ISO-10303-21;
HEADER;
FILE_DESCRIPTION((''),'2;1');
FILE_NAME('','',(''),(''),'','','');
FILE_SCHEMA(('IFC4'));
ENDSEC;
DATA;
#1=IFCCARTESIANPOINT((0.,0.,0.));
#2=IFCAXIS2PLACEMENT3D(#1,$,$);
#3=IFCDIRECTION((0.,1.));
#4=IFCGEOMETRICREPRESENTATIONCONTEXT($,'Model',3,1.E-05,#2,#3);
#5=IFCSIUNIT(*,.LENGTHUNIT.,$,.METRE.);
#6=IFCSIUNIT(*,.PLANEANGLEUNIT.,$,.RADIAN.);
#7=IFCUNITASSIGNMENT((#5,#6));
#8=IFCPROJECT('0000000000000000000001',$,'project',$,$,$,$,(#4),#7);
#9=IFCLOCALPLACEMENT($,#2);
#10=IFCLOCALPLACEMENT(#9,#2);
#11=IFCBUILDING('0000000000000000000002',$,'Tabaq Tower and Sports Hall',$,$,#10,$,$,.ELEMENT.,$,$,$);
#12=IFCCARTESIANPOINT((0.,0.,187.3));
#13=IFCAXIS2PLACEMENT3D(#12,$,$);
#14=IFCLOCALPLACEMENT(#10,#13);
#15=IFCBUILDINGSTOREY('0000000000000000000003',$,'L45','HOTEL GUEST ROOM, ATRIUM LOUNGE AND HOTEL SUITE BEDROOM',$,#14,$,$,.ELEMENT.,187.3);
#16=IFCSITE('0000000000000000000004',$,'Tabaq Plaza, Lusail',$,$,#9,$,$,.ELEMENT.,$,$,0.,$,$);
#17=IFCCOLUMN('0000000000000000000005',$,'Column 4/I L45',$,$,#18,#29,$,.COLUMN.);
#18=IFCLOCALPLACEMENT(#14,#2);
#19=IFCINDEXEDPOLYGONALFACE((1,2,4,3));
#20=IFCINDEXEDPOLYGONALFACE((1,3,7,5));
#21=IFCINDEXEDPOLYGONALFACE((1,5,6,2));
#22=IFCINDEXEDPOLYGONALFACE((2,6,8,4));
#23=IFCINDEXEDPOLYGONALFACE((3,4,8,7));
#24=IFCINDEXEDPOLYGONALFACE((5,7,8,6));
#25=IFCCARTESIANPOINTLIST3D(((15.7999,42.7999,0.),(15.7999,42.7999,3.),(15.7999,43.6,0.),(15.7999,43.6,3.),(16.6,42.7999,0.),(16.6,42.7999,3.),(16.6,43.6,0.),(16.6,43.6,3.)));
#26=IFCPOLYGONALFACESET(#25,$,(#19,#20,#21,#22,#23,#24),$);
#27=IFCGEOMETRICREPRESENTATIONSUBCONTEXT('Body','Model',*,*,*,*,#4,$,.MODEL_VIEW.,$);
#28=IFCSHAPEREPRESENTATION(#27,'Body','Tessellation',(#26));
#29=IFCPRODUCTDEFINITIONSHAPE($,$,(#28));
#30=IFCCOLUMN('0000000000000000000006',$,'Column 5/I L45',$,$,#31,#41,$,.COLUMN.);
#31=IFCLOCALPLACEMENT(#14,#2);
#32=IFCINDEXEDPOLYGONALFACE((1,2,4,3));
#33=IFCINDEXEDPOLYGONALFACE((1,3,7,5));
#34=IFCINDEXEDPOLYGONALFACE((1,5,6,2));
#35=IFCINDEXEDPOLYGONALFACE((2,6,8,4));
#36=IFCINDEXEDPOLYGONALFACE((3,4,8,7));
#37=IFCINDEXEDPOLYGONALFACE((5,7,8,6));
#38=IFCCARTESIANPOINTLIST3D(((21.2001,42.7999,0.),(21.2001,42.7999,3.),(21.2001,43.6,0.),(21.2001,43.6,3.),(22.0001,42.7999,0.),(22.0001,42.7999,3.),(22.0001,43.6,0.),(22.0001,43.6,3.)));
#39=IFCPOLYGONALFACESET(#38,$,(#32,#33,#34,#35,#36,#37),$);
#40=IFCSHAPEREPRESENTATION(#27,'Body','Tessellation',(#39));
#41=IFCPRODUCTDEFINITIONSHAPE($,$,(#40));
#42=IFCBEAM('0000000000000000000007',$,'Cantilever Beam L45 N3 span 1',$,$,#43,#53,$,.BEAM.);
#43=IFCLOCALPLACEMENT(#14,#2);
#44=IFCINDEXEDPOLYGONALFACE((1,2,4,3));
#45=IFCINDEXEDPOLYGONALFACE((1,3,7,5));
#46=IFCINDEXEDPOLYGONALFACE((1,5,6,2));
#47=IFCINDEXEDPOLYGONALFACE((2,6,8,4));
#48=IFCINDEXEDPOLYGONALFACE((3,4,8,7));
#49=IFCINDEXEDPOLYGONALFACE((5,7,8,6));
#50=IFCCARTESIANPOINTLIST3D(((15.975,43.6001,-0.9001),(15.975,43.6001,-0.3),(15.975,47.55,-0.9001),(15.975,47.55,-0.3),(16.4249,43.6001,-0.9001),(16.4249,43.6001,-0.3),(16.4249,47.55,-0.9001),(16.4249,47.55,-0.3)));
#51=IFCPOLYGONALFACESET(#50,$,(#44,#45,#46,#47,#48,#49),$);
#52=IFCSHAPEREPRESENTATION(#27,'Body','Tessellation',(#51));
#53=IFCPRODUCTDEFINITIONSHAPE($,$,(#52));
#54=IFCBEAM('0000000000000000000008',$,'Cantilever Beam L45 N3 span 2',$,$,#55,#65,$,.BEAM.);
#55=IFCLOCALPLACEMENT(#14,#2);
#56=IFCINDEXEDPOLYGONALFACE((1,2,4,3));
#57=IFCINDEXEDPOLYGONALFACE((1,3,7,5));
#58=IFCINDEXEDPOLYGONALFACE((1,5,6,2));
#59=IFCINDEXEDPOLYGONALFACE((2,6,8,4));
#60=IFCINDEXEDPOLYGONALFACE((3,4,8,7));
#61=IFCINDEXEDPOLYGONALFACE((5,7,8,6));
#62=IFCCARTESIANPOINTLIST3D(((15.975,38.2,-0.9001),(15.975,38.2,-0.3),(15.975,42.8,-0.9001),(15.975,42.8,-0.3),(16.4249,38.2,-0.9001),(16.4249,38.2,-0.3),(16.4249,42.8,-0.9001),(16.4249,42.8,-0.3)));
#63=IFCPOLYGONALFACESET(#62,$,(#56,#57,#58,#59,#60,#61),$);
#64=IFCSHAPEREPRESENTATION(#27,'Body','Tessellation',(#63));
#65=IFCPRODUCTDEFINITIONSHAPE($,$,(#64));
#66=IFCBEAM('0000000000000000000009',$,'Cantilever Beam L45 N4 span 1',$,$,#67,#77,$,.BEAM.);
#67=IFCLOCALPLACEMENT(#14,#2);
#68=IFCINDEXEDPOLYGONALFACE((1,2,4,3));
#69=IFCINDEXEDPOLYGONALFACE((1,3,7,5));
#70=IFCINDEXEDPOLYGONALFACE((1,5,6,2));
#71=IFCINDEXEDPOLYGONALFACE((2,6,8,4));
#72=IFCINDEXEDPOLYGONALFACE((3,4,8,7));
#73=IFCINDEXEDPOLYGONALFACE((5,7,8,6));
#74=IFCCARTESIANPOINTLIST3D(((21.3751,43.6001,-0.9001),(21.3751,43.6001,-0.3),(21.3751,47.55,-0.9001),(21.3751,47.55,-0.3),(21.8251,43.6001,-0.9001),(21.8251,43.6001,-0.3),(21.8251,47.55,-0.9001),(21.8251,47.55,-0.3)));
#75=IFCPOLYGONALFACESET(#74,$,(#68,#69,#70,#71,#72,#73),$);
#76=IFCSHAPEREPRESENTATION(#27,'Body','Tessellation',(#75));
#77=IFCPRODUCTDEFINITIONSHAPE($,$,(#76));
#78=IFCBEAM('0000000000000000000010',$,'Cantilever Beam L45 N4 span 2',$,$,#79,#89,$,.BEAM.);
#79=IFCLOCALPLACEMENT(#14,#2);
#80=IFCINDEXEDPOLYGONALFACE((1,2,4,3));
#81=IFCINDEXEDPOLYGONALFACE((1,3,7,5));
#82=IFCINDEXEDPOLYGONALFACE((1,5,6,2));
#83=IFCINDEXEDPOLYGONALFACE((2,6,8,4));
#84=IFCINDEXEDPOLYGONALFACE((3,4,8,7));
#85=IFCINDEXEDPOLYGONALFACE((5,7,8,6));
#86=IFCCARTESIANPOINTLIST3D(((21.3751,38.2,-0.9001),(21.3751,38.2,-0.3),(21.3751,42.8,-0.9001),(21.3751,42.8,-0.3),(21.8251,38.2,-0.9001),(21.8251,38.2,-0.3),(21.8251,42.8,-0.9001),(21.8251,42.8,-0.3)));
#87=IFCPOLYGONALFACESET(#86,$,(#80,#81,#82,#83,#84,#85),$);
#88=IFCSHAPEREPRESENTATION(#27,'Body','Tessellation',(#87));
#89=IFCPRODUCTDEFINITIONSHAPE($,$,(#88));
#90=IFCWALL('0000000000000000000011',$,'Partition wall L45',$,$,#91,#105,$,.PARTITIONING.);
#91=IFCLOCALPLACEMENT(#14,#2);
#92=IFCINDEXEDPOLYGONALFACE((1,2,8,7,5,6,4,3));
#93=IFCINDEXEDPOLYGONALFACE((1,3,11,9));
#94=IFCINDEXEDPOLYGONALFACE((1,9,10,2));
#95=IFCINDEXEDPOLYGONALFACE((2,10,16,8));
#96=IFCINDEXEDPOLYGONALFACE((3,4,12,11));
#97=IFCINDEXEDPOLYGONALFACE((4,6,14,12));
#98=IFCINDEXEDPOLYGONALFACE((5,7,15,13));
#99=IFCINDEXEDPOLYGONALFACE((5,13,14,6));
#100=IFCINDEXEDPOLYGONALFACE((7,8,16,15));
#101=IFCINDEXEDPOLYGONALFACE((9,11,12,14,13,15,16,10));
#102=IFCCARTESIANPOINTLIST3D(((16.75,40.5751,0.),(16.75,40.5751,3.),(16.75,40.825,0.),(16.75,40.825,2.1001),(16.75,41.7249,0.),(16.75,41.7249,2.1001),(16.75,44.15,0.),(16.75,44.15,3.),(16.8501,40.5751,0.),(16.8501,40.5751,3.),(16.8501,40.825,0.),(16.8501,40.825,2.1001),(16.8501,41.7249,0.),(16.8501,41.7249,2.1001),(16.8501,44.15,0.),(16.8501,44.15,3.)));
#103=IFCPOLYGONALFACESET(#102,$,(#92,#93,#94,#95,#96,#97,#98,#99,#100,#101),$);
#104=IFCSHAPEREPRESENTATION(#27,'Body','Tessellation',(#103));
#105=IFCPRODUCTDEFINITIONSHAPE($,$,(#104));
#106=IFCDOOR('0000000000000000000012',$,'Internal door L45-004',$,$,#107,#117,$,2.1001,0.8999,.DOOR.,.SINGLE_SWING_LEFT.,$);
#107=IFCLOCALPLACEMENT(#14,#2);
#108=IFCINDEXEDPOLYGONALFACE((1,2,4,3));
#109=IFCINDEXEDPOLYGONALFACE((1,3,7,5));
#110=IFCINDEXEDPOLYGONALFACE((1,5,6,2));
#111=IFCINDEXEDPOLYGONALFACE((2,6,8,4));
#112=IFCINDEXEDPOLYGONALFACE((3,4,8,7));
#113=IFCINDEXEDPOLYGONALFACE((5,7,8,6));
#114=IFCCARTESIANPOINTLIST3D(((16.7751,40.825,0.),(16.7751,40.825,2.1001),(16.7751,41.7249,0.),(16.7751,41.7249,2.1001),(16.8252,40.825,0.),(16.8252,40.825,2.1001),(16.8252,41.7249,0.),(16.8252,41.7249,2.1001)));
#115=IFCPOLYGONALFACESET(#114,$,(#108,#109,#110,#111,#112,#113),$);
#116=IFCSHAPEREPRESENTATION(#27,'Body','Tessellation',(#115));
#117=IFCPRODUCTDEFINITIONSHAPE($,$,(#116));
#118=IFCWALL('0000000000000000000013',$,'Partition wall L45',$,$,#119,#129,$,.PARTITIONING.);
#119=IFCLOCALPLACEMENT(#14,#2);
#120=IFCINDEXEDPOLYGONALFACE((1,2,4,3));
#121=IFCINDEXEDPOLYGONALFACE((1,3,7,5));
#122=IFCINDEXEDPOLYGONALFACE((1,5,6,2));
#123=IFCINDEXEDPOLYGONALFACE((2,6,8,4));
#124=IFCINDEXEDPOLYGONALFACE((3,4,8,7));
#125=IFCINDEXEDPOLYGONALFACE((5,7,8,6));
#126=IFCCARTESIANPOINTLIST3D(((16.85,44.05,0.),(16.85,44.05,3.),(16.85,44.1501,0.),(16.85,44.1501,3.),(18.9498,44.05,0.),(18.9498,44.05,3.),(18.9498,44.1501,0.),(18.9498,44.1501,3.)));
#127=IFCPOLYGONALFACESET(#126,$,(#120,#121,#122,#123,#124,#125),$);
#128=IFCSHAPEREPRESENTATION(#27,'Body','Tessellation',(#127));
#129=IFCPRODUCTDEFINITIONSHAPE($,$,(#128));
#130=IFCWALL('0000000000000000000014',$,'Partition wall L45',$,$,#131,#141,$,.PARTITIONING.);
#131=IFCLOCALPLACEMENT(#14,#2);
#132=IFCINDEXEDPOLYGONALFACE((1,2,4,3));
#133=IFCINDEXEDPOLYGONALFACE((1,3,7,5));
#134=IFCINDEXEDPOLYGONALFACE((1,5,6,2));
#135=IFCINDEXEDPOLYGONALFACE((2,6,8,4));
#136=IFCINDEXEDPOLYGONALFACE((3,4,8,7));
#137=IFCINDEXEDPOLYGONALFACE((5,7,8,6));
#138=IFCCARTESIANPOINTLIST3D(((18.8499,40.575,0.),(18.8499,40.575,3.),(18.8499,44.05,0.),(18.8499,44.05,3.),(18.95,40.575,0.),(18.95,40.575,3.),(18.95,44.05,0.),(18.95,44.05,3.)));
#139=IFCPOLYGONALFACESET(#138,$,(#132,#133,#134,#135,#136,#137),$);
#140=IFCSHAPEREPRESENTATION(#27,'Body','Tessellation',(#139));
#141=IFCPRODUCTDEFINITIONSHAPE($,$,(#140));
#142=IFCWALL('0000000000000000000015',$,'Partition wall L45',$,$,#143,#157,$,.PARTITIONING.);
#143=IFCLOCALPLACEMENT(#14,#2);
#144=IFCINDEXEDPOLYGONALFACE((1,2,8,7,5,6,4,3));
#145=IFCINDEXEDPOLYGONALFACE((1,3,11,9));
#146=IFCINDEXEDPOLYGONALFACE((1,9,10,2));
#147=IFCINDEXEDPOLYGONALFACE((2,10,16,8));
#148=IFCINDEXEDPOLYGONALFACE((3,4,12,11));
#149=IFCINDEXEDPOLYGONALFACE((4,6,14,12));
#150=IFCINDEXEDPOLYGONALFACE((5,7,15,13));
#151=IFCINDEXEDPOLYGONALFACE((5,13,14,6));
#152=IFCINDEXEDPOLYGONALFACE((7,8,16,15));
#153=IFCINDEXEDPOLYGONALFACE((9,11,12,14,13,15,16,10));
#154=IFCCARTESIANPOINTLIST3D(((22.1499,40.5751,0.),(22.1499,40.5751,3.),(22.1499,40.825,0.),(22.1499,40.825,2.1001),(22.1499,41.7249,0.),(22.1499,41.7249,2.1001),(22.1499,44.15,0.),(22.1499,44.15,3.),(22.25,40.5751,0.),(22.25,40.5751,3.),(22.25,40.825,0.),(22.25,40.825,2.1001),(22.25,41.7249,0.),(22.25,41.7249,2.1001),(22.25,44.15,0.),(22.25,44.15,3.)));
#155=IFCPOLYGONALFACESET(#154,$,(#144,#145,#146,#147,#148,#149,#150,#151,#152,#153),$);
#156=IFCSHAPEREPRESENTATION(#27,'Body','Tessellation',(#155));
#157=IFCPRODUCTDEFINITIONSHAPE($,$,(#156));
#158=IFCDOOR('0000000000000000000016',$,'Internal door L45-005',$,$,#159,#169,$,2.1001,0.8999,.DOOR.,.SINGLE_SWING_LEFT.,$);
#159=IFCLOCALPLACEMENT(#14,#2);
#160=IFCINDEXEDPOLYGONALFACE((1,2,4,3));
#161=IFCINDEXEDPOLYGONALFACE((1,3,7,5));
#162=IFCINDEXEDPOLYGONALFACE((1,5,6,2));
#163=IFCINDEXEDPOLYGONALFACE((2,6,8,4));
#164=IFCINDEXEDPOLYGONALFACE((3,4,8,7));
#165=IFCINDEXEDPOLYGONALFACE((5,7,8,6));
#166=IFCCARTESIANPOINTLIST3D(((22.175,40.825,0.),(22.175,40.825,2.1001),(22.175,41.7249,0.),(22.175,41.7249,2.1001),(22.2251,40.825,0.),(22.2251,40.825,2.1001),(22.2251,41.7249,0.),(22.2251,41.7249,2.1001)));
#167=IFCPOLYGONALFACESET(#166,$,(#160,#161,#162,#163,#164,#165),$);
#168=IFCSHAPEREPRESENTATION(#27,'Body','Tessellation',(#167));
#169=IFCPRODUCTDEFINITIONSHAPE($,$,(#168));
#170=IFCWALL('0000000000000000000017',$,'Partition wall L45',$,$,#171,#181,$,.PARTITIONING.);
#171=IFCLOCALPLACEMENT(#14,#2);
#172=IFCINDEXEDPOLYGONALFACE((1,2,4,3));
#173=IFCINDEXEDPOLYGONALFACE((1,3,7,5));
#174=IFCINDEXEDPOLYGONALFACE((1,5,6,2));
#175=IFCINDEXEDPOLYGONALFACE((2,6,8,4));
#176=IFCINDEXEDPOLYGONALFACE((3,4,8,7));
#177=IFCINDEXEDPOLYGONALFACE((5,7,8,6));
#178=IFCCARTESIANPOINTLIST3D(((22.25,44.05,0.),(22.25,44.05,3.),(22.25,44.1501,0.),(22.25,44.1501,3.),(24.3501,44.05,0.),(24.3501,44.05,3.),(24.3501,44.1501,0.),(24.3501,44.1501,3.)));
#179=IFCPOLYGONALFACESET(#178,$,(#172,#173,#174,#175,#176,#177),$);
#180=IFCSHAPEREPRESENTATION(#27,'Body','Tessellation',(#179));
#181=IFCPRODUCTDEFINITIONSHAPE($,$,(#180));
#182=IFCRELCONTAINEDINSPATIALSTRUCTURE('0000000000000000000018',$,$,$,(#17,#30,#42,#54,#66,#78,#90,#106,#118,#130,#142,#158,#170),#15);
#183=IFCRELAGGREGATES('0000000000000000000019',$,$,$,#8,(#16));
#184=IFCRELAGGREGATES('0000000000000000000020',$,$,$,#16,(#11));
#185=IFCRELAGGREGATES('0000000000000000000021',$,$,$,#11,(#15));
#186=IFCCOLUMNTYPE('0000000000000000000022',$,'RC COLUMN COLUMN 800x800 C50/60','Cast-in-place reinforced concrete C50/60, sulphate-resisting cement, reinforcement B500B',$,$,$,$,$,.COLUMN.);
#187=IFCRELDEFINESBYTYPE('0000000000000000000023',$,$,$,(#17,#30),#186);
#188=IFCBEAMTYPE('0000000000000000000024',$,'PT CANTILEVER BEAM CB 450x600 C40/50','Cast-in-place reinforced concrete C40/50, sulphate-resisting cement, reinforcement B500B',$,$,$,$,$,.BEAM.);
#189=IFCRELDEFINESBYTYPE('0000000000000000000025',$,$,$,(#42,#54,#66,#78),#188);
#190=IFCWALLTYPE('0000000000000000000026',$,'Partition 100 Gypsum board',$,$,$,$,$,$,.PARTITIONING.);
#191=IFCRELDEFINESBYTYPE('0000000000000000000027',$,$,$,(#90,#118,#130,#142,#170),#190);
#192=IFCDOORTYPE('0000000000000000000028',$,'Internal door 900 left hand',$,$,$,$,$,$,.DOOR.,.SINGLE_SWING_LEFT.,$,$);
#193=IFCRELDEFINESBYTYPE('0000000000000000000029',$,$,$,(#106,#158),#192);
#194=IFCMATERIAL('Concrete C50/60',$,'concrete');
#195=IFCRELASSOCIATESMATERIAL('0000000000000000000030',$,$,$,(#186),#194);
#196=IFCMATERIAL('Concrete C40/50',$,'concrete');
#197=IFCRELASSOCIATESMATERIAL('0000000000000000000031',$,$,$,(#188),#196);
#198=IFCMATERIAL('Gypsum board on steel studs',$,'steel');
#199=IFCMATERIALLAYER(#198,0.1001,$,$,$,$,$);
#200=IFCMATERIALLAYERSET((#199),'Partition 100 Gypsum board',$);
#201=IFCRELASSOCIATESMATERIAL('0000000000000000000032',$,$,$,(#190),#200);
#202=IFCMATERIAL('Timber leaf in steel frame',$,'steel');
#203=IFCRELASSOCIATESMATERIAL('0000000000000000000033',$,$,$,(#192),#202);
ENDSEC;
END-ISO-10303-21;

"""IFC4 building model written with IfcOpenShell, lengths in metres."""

from ifc_helpers import new_model, si_unit, direction, frame, frame_2d, origin, origin_2d, place, context, subcontext, project, spatial, rectangle, extrude, material, layer, layer_set, material_profile, profile_set, type_object, element, fill, save


model = new_model("IFC4")

# Units and contexts
model_context = context("Model", 3, precision=1e-05, world=origin(), true_north=direction((0.0, 1.0)))
body_context = subcontext(model_context, "Body", "Model", "MODEL_VIEW")
ifc_project = project(units=[si_unit("LENGTHUNIT", "METRE"), si_unit("PLANEANGLEUNIT", "RADIAN")], contexts=[model_context])

# Site, building, storey
site_placement = place(None, origin())
site = spatial("IfcSite", under=ifc_project, at=site_placement, Name="Tabaq Plaza, Lusail", CompositionType="ELEMENT", RefElevation=0.0)
building_placement = place(site_placement, origin())
building = spatial("IfcBuilding", under=site, at=building_placement, Name="Tabaq Tower and Sports Hall", CompositionType="ELEMENT")
storey_placement = place(building_placement, frame((0.0, 0.0, 187.3)))
storey = spatial("IfcBuildingStorey", under=building, at=storey_placement, Name="L45", Description="HOTEL GUEST ROOM, ATRIUM LOUNGE AND HOTEL SUITE BEDROOM", CompositionType="ELEMENT", Elevation=187.3)

# Columns
ifc_material_1 = material(Name="Concrete C50/60", Category="concrete")
ifc_material_profile_1 = material_profile(ifc_material_1, rectangle(XDim=0.8, YDim=0.8, at=origin_2d()), Name="COLUMN 800x800")
ifc_profile_set_1 = profile_set([ifc_material_profile_1], Name="Concrete C50/60")
column_type = type_object("IfcColumnType", Name="RC COLUMN COLUMN 800x800 C50/60", Description="Cast-in-place reinforced concrete C50/60, sulphate-resisting cement, reinforcement B500B", PredefinedType="COLUMN", material=ifc_profile_set_1)
for number, where, z_axis, x_axis, name in (
    (1, (16.2, 43.2, 0.0), (0.0, 0.0, 1.0), (1.0, 0.0, 0.0), "Column 4/I L45"),
    (2, (21.6001, 43.2, 0.0), (0.0, 0.0, 1.0), (1.0, 0.0, 0.0), "Column 5/I L45"),
):
    element("IfcColumn", number, at=place(storey_placement, frame(where, z_axis=z_axis, x_axis=x_axis)), inside=storey, type_object=column_type, Name=name, PredefinedType="COLUMN", context=body_context, shape_type="SweptSolid", body=[
        extrude(rectangle(XDim=0.8, YDim=0.8, at=origin_2d()), origin(), (0.0, 0.0, 1.0), 3.0),
    ])

# Beams
ifc_material_2 = material(Name="Concrete C40/50", Category="concrete")
ifc_material_profile_2 = material_profile(ifc_material_2, rectangle(XDim=0.45, YDim=0.6001, at=origin_2d()), Name="CB 450x600")
ifc_profile_set_2 = profile_set([ifc_material_profile_2], Name="Concrete C40/50")
beam_type = type_object("IfcBeamType", Name="PT CANTILEVER BEAM CB 450x600 C40/50", Description="Cast-in-place reinforced concrete C40/50, sulphate-resisting cement, reinforcement B500B", PredefinedType="BEAM", material=ifc_profile_set_2)
beam_1_placement = place(storey_placement, frame((16.2, 47.55, -0.6001), z_axis=(0.0, -1.0, 0.0), x_axis=(1.0, 0.0, 0.0)))
element("IfcBeam", 3, at=beam_1_placement, inside=storey, type_object=beam_type, Name="Cantilever Beam L45 N3 span 1", PredefinedType="BEAM", context=body_context, shape_type="SweptSolid", body=[
    extrude(rectangle(XDim=0.45, YDim=0.6001, at=origin_2d()), origin(), (0.0, 0.0, 1.0), 3.95),
])
beam_2_placement = place(storey_placement, frame((16.2, 42.8, -0.6001), z_axis=(0.0, -1.0, 0.0), x_axis=(1.0, 0.0, 0.0)))
element("IfcBeam", 4, at=beam_2_placement, inside=storey, type_object=beam_type, Name="Cantilever Beam L45 N3 span 2", PredefinedType="BEAM", context=body_context, shape_type="SweptSolid", body=[
    extrude(rectangle(XDim=0.45, YDim=0.6001, at=origin_2d()), origin(), (0.0, 0.0, 1.0), 4.6001),
])
beam_3_placement = place(storey_placement, frame((21.6001, 47.55, -0.6001), z_axis=(0.0, -1.0, 0.0), x_axis=(1.0, 0.0, 0.0)))
element("IfcBeam", 5, at=beam_3_placement, inside=storey, type_object=beam_type, Name="Cantilever Beam L45 N4 span 1", PredefinedType="BEAM", context=body_context, shape_type="SweptSolid", body=[
    extrude(rectangle(XDim=0.45, YDim=0.6001, at=origin_2d()), origin(), (0.0, 0.0, 1.0), 3.95),
])
beam_4_placement = place(storey_placement, frame((21.6001, 42.8, -0.6001), z_axis=(0.0, -1.0, 0.0), x_axis=(1.0, 0.0, 0.0)))
element("IfcBeam", 6, at=beam_4_placement, inside=storey, type_object=beam_type, Name="Cantilever Beam L45 N4 span 2", PredefinedType="BEAM", context=body_context, shape_type="SweptSolid", body=[
    extrude(rectangle(XDim=0.45, YDim=0.6001, at=origin_2d()), origin(), (0.0, 0.0, 1.0), 4.6001),
])

# Wall, opening, door
ifc_material_3 = material(Name="Gypsum board on steel studs", Category="steel")
ifc_layer_1 = layer(ifc_material_3, 0.1001)
ifc_layer_set_1 = layer_set([ifc_layer_1], Name="Partition 100 Gypsum board")
wall_type_1 = type_object("IfcWallType", Name="Partition 100 Gypsum board", PredefinedType="PARTITIONING", material=ifc_layer_set_1)
wall_1_placement = place(storey_placement, frame((16.8, 40.575, 0.0), z_axis=(0.0, 0.0, 1.0), x_axis=(0.0, 1.0, 0.0)))
wall_1 = element("IfcWall", 7, at=wall_1_placement, inside=storey, type_object=wall_type_1, Name="Partition wall L45", PredefinedType="PARTITIONING", context=body_context, shape_type="SweptSolid", body=[
    extrude(rectangle(XDim=3.575, YDim=0.1001, at=frame_2d((1.7876, 0.0))), origin(), (0.0, 0.0, 1.0), 3.0),
])
opening_1_placement = place(wall_1_placement, frame((0.25, 0.0, 0.0)))
opening_1 = element("IfcOpeningElement", 8, at=opening_1_placement, cuts=wall_1, PredefinedType="OPENING", context=body_context, shape_type="SweptSolid", body=[
    extrude(rectangle(XDim=0.8999, YDim=2.1001, at=frame_2d((0.45, 1.05))), frame((0.0, 0.05, 0.0), z_axis=(0.0, -1.0, 0.0), x_axis=(1.0, 0.0, 0.0)), (0.0, 0.0, 1.0), 0.1001),
])
ifc_material_4 = material(Name="Timber leaf in steel frame", Category="steel")
door_type = type_object("IfcDoorType", Name="Internal door 900 left hand", OperationType="SINGLE_SWING_LEFT", PredefinedType="DOOR", material=ifc_material_4)
door_1_placement = place(opening_1_placement, origin())
door_1 = element("IfcDoor", 9, at=door_1_placement, inside=storey, type_object=door_type, Name="Internal door L45-004", OperationType="SINGLE_SWING_LEFT", OverallHeight=2.1001, OverallWidth=0.8999, PredefinedType="DOOR", context=body_context, shape_type="SweptSolid", body=[
    extrude(rectangle(XDim=0.8999, YDim=2.1001, at=frame_2d((0.45, 1.05))), frame((0.0, 0.0249, 0.0), z_axis=(0.0, -1.0, 0.0), x_axis=(1.0, 0.0, 0.0)), (0.0, 0.0, 1.0), 0.05),
])
fill(opening_1, door_1)

# Walls
wall_2_placement = place(storey_placement, frame((16.8501, 44.1001, 0.0), z_axis=(0.0, 0.0, 1.0), x_axis=(1.0, 0.0, 0.0)))
element("IfcWall", 10, at=wall_2_placement, inside=storey, type_object=wall_type_1, Name="Partition wall L45", PredefinedType="PARTITIONING", context=body_context, shape_type="SweptSolid", body=[
    extrude(rectangle(XDim=2.0999, YDim=0.1001, at=frame_2d((1.0498, 0.0))), origin(), (0.0, 0.0, 1.0), 3.0),
])
wall_3_placement = place(storey_placement, frame((18.8999, 44.05, 0.0), z_axis=(0.0, 0.0, 1.0), x_axis=(0.0, -1.0, 0.0)))
element("IfcWall", 11, at=wall_3_placement, inside=storey, type_object=wall_type_1, Name="Partition wall L45", PredefinedType="PARTITIONING", context=body_context, shape_type="SweptSolid", body=[
    extrude(rectangle(XDim=3.4751, YDim=0.1001, at=frame_2d((1.7375, 0.0))), origin(), (0.0, 0.0, 1.0), 3.0),
])

# Wall, opening, door
wall_4_placement = place(storey_placement, frame((22.2, 40.575, 0.0), z_axis=(0.0, 0.0, 1.0), x_axis=(0.0, 1.0, 0.0)))
wall_4 = element("IfcWall", 12, at=wall_4_placement, inside=storey, type_object=wall_type_1, Name="Partition wall L45", PredefinedType="PARTITIONING", context=body_context, shape_type="SweptSolid", body=[
    extrude(rectangle(XDim=3.575, YDim=0.1001, at=frame_2d((1.7876, 0.0))), origin(), (0.0, 0.0, 1.0), 3.0),
])
opening_2_placement = place(wall_4_placement, frame((0.25, 0.0, 0.0)))
opening_2 = element("IfcOpeningElement", 13, at=opening_2_placement, cuts=wall_4, PredefinedType="OPENING", context=body_context, shape_type="SweptSolid", body=[
    extrude(rectangle(XDim=0.8999, YDim=2.1001, at=frame_2d((0.45, 1.05))), frame((0.0, 0.05, 0.0), z_axis=(0.0, -1.0, 0.0), x_axis=(1.0, 0.0, 0.0)), (0.0, 0.0, 1.0), 0.1001),
])
door_2_placement = place(opening_2_placement, origin())
door_2 = element("IfcDoor", 14, at=door_2_placement, inside=storey, type_object=door_type, Name="Internal door L45-005", OperationType="SINGLE_SWING_LEFT", OverallHeight=2.1001, OverallWidth=0.8999, PredefinedType="DOOR", context=body_context, shape_type="SweptSolid", body=[
    extrude(rectangle(XDim=0.8999, YDim=2.1001, at=frame_2d((0.45, 1.05))), frame((0.0, 0.0249, 0.0), z_axis=(0.0, -1.0, 0.0), x_axis=(1.0, 0.0, 0.0)), (0.0, 0.0, 1.0), 0.05),
])
fill(opening_2, door_2)

# Wall
wall_5_placement = place(storey_placement, frame((22.25, 44.1001, 0.0), z_axis=(0.0, 0.0, 1.0), x_axis=(1.0, 0.0, 0.0)))
element("IfcWall", 15, at=wall_5_placement, inside=storey, type_object=wall_type_1, Name="Partition wall L45", PredefinedType="PARTITIONING", context=body_context, shape_type="SweptSolid", body=[
    extrude(rectangle(XDim=2.1001, YDim=0.1001, at=frame_2d((1.05, 0.0))), origin(), (0.0, 0.0, 1.0), 3.0),
])

save(model, "model.ifc")
